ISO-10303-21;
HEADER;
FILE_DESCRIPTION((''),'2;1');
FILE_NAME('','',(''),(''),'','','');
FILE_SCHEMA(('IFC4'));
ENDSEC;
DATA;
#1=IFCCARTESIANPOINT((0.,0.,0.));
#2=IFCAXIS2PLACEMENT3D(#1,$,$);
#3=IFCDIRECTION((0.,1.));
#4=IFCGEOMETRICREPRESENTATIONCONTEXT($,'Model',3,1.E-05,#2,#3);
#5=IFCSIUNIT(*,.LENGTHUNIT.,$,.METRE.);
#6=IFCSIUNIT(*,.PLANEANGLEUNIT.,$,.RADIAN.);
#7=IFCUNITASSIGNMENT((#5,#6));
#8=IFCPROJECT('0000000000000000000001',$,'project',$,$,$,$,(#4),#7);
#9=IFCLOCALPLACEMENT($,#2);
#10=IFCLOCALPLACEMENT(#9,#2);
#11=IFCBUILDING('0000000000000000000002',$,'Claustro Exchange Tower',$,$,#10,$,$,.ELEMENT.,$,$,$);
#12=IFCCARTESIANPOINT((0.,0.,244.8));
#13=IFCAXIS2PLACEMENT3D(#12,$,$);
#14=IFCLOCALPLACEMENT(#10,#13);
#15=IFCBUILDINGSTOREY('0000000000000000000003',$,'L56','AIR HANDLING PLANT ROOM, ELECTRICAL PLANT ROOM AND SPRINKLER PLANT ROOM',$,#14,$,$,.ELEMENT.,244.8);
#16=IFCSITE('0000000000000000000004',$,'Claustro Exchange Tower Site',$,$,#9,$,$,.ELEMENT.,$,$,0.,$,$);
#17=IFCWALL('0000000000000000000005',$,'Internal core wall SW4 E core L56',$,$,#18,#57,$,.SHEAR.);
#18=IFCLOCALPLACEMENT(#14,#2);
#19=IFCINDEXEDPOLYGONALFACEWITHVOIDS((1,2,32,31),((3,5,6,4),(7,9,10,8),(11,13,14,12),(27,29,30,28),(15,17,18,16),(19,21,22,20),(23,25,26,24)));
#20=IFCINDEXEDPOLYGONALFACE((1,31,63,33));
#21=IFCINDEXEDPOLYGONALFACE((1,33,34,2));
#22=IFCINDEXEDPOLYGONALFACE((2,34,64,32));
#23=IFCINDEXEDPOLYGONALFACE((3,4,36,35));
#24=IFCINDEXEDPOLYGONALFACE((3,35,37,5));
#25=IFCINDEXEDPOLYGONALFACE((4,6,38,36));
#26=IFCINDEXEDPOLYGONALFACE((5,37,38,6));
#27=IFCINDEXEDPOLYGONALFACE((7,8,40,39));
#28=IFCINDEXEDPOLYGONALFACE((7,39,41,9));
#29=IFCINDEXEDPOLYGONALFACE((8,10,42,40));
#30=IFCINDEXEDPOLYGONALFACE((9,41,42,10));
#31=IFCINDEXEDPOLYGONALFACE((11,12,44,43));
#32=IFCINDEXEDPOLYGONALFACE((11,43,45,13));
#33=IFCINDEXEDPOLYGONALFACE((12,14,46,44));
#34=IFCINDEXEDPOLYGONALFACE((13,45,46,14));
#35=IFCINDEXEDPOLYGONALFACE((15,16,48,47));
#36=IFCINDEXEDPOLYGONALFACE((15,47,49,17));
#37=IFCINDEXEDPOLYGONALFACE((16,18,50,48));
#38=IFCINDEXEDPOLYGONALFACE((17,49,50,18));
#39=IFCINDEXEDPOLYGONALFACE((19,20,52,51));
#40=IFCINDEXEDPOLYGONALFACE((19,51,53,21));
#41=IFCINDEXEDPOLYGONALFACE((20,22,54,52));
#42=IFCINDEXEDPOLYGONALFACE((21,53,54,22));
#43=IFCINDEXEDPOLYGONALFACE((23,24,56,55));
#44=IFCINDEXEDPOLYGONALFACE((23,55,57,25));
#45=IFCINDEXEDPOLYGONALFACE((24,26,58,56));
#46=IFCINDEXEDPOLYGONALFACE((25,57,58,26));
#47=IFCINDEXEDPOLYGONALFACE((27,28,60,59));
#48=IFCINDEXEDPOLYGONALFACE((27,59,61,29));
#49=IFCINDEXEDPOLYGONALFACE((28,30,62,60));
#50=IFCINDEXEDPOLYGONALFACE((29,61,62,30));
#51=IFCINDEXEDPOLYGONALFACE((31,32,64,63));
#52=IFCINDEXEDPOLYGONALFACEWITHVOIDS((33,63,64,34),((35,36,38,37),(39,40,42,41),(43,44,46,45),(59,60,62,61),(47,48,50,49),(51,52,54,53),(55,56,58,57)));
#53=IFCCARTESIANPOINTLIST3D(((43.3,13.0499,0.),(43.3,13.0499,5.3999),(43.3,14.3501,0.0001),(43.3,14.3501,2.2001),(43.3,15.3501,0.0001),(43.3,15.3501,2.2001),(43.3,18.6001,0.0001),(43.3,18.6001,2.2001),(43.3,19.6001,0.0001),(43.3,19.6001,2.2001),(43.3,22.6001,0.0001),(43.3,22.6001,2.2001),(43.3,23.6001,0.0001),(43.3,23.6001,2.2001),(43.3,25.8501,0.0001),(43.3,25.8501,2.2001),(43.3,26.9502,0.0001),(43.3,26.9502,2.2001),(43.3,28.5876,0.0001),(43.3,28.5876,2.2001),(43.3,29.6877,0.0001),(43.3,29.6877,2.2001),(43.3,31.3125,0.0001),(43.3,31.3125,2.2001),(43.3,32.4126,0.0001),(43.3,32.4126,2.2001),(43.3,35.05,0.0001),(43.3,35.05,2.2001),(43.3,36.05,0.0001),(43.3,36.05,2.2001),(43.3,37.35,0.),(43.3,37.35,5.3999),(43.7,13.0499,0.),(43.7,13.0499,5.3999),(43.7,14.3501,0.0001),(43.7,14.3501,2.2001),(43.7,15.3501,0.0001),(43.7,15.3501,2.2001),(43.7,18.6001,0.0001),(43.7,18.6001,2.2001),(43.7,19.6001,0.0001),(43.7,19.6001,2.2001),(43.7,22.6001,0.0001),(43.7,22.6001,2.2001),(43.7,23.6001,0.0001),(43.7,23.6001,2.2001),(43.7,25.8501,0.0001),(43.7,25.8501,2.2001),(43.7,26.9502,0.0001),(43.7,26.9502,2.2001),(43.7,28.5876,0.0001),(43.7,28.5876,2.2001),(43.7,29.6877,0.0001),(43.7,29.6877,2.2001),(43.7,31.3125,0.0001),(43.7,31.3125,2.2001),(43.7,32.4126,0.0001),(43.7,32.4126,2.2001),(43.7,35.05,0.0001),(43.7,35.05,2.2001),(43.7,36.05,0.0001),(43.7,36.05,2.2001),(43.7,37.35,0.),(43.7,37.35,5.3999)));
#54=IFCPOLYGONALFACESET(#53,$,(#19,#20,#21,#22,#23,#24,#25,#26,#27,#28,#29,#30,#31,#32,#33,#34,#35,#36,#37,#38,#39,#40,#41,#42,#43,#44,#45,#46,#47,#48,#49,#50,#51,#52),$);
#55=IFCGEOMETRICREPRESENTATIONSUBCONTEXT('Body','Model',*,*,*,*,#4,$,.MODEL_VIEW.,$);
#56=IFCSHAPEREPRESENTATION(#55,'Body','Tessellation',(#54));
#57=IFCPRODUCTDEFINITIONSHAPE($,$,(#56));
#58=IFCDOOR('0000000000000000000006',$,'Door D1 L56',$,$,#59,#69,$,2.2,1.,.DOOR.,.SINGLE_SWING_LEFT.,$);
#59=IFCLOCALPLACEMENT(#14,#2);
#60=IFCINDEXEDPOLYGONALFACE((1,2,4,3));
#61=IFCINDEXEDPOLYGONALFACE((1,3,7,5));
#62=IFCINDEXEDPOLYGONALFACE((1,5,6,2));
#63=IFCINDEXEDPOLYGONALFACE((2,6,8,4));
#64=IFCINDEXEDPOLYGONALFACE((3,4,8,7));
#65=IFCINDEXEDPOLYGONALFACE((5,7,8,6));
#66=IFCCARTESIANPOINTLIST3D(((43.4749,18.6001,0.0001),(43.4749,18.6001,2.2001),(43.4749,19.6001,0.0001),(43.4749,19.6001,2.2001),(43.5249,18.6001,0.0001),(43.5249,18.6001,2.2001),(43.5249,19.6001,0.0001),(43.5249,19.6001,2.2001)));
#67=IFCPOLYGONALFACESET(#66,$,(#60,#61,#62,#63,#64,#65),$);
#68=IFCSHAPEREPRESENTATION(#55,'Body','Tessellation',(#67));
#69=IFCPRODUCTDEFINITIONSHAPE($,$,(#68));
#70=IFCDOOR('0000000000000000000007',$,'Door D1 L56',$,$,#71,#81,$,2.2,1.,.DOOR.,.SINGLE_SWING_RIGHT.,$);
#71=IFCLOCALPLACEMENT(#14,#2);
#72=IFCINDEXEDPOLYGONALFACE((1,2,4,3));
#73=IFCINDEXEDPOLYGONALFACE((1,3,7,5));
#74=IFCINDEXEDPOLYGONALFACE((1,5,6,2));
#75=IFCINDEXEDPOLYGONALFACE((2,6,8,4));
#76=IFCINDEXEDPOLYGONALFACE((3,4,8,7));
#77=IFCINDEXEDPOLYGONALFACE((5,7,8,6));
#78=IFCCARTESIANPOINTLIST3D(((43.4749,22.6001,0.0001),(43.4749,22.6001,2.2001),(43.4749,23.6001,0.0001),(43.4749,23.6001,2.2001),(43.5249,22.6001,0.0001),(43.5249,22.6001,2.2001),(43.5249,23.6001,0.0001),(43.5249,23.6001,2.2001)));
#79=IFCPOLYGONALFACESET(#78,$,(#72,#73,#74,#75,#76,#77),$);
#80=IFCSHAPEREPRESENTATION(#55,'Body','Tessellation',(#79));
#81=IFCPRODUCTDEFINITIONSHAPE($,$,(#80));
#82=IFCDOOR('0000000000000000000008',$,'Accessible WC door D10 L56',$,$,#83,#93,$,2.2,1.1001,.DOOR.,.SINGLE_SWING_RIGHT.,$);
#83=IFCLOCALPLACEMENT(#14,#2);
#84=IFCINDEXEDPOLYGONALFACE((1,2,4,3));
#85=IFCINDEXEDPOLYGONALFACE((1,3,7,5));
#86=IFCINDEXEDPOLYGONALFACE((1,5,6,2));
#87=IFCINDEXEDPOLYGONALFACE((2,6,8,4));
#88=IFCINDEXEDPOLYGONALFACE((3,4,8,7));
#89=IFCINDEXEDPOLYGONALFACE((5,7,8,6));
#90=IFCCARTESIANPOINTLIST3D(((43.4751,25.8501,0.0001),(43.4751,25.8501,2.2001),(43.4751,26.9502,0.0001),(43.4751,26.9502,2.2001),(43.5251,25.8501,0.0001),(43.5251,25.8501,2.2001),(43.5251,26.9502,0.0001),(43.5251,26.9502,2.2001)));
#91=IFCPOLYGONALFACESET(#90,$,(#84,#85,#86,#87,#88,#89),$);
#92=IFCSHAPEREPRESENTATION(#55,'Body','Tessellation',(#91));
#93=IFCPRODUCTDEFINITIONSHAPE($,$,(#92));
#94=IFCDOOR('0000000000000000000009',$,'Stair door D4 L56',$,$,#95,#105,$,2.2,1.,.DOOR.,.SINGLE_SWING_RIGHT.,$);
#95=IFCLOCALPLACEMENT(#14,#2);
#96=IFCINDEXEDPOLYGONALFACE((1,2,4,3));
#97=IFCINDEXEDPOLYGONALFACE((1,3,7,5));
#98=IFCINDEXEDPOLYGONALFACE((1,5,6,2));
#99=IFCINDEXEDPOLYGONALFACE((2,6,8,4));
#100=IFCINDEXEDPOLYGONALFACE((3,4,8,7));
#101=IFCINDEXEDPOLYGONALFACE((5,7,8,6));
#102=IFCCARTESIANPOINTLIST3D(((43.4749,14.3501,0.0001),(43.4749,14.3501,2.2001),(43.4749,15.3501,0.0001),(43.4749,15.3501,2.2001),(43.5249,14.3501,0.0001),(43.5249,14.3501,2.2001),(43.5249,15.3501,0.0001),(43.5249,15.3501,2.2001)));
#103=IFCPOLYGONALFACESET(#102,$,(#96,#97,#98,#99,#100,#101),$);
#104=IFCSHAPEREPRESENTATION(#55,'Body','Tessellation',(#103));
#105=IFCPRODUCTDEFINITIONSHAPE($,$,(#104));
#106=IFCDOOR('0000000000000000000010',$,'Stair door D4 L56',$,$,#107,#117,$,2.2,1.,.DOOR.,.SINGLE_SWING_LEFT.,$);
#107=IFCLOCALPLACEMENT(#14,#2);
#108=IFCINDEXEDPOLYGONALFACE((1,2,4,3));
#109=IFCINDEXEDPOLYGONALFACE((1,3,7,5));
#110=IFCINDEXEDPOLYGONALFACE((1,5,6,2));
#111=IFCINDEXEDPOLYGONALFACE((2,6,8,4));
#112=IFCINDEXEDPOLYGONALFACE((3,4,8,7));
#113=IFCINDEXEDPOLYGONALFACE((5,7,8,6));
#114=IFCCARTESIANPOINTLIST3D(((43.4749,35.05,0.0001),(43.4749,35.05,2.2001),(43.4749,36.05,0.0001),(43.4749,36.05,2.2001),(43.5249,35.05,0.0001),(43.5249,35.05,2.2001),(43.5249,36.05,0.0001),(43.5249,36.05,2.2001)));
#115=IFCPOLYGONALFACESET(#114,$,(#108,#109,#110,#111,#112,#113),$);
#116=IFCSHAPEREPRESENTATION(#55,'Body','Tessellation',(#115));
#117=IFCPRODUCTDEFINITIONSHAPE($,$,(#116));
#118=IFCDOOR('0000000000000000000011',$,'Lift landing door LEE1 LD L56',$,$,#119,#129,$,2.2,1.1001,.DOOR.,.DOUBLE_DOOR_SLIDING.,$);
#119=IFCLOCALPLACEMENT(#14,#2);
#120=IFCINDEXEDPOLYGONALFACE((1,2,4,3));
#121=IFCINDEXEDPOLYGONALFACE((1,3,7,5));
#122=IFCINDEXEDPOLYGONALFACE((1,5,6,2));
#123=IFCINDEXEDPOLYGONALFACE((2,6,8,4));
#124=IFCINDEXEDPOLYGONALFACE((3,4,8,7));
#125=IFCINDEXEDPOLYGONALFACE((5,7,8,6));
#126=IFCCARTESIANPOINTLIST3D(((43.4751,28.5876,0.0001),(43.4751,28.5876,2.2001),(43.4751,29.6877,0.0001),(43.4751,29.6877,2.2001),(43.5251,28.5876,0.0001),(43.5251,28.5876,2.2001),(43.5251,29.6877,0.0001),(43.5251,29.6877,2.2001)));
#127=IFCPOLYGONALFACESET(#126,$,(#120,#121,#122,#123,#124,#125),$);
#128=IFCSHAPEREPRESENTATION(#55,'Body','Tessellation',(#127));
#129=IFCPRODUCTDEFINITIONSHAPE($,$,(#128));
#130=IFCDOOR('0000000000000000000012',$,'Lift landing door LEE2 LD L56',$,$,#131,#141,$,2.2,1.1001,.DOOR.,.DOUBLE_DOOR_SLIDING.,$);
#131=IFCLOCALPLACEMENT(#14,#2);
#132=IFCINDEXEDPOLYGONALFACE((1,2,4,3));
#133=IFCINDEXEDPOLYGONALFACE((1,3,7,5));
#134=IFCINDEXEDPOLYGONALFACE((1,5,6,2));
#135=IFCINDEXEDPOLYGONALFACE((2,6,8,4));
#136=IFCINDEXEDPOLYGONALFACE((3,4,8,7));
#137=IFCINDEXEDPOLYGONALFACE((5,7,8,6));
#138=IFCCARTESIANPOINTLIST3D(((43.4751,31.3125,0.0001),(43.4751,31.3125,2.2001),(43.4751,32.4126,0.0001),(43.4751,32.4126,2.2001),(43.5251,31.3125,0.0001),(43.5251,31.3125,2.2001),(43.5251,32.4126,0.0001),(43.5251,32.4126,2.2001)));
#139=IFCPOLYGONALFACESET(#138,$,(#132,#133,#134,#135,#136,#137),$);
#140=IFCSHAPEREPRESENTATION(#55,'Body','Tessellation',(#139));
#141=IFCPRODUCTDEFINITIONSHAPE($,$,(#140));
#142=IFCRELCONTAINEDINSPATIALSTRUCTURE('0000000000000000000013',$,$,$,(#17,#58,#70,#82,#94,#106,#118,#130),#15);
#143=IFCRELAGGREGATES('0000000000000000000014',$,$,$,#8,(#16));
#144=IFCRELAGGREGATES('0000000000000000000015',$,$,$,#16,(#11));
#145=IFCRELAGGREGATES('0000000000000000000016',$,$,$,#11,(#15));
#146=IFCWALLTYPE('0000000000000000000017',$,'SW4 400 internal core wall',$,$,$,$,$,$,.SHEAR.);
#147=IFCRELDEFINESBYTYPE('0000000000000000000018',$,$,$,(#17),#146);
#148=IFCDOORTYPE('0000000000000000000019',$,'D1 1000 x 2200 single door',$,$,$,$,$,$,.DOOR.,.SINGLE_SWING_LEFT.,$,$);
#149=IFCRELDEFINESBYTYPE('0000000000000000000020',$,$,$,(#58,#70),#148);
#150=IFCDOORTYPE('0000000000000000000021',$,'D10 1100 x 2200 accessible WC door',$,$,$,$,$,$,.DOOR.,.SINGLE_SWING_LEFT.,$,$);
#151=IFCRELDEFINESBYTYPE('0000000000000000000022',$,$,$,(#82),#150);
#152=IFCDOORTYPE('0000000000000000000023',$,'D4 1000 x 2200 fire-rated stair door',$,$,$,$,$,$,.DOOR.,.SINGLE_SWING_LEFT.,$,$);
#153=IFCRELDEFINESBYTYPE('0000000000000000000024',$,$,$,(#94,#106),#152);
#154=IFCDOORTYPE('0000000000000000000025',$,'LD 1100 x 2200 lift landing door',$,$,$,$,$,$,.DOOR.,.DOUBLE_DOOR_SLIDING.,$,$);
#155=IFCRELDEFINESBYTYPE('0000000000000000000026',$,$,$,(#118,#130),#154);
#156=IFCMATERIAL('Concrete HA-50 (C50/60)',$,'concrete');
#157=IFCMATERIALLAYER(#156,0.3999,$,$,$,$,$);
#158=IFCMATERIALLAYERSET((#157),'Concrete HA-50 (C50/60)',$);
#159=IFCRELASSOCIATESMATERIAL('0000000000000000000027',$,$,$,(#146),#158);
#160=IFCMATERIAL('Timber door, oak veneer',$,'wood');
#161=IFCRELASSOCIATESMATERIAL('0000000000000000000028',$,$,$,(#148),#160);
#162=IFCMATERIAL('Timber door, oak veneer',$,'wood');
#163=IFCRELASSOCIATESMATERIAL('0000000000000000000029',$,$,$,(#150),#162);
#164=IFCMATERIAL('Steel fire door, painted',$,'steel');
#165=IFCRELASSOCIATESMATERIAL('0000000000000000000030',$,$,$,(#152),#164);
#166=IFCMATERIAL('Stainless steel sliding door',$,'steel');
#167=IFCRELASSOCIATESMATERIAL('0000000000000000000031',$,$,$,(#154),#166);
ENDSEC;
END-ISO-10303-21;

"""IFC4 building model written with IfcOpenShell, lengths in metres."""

from ifc_helpers import new_model, si_unit, direction, frame, frame_2d, origin, place, context, subcontext, project, spatial, rectangle, extrude, material, layer, layer_set, type_object, element, fill, save


model = new_model("IFC4")

# Units and contexts
model_context = context("Model", 3, precision=1e-05, world=origin(), true_north=direction((0.0, 1.0)))
body_context = subcontext(model_context, "Body", "Model", "MODEL_VIEW")
ifc_project = project(units=[si_unit("LENGTHUNIT", "METRE"), si_unit("PLANEANGLEUNIT", "RADIAN")], contexts=[model_context])

# Site, building, storey
site_placement = place(None, origin())
site = spatial("IfcSite", under=ifc_project, at=site_placement, Name="Claustro Exchange Tower Site", CompositionType="ELEMENT", RefElevation=0.0)
building_placement = place(site_placement, origin())
building = spatial("IfcBuilding", under=site, at=building_placement, Name="Claustro Exchange Tower", CompositionType="ELEMENT")
storey_placement = place(building_placement, frame((0.0, 0.0, 244.8)))
storey = spatial("IfcBuildingStorey", under=building, at=storey_placement, Name="L56", Description="AIR HANDLING PLANT ROOM, ELECTRICAL PLANT ROOM AND SPRINKLER PLANT ROOM", CompositionType="ELEMENT", Elevation=244.8)

# Wall, openings, doors
ifc_material_1 = material(Name="Concrete HA-50 (C50/60)", Category="concrete")
ifc_layer_1 = layer(ifc_material_1, 0.3999)
ifc_layer_set_1 = layer_set([ifc_layer_1], Name="Concrete HA-50 (C50/60)")
wall_type_1 = type_object("IfcWallType", Name="SW4 400 internal core wall", PredefinedType="SHEAR", material=ifc_layer_set_1)
wall_1_placement = place(storey_placement, frame((43.5, 13.05, 0.0), z_axis=(0.0, 0.0, 1.0), x_axis=(0.0, 1.0, 0.0)))
wall_1 = element("IfcWall", 1, at=wall_1_placement, inside=storey, type_object=wall_type_1, Name="Internal core wall SW4 E core L56", PredefinedType="SHEAR", context=body_context, shape_type="SweptSolid", body=[
    extrude(rectangle(XDim=24.3, YDim=0.3999, at=frame_2d((12.1499, 0.0))), origin(), (0.0, 0.0, 1.0), 5.3999),
])
opening_1_placement = place(wall_1_placement, frame((1.3, 0.0, 0.0)))
opening_1 = element("IfcOpeningElement", 2, at=opening_1_placement, cuts=wall_1, PredefinedType="OPENING", context=body_context, shape_type="SweptSolid", body=[
    extrude(rectangle(XDim=1.0, YDim=2.2, at=frame_2d((0.5, 1.1001))), frame((0.0, 0.21, 0.0), z_axis=(0.0, -1.0, 0.0), x_axis=(1.0, 0.0, 0.0)), (0.0, 0.0, 1.0), 0.4199),
])
opening_2_placement = place(wall_1_placement, frame((22.0, 0.0, 0.0)))
opening_2 = element("IfcOpeningElement", 3, at=opening_2_placement, cuts=wall_1, PredefinedType="OPENING", context=body_context, shape_type="SweptSolid", body=[
    extrude(rectangle(XDim=1.0, YDim=2.2, at=frame_2d((0.5, 1.1001))), frame((0.0, 0.21, 0.0), z_axis=(0.0, -1.0, 0.0), x_axis=(1.0, 0.0, 0.0)), (0.0, 0.0, 1.0), 0.4199),
])
opening_3_placement = place(wall_1_placement, frame((5.55, 0.0, 0.0)))
opening_3 = element("IfcOpeningElement", 4, at=opening_3_placement, cuts=wall_1, PredefinedType="OPENING", context=body_context, shape_type="SweptSolid", body=[
    extrude(rectangle(XDim=1.0, YDim=2.2, at=frame_2d((0.5, 1.1001))), frame((0.0, 0.21, 0.0), z_axis=(0.0, -1.0, 0.0), x_axis=(1.0, 0.0, 0.0)), (0.0, 0.0, 1.0), 0.4199),
])
opening_4_placement = place(wall_1_placement, frame((9.55, 0.0, 0.0)))
opening_4 = element("IfcOpeningElement", 5, at=opening_4_placement, cuts=wall_1, PredefinedType="OPENING", context=body_context, shape_type="SweptSolid", body=[
    extrude(rectangle(XDim=1.0, YDim=2.2, at=frame_2d((0.5, 1.1001))), frame((0.0, 0.21, 0.0), z_axis=(0.0, -1.0, 0.0), x_axis=(1.0, 0.0, 0.0)), (0.0, 0.0, 1.0), 0.4199),
])
opening_5_placement = place(wall_1_placement, frame((12.8, 0.0, 0.0)))
opening_5 = element("IfcOpeningElement", 6, at=opening_5_placement, cuts=wall_1, PredefinedType="OPENING", context=body_context, shape_type="SweptSolid", body=[
    extrude(rectangle(XDim=1.1001, YDim=2.2, at=frame_2d((0.55, 1.1001))), frame((0.0, 0.21, 0.0), z_axis=(0.0, -1.0, 0.0), x_axis=(1.0, 0.0, 0.0)), (0.0, 0.0, 1.0), 0.4199),
])
opening_6_placement = place(wall_1_placement, frame((15.5376, 0.0, 0.0)))
opening_6 = element("IfcOpeningElement", 7, at=opening_6_placement, cuts=wall_1, PredefinedType="OPENING", context=body_context, shape_type="SweptSolid", body=[
    extrude(rectangle(XDim=1.1001, YDim=2.2, at=frame_2d((0.55, 1.1001))), frame((0.0, 0.21, 0.0), z_axis=(0.0, -1.0, 0.0), x_axis=(1.0, 0.0, 0.0)), (0.0, 0.0, 1.0), 0.4199),
])
opening_7_placement = place(wall_1_placement, frame((18.2625, 0.0, 0.0)))
opening_7 = element("IfcOpeningElement", 8, at=opening_7_placement, cuts=wall_1, PredefinedType="OPENING", context=body_context, shape_type="SweptSolid", body=[
    extrude(rectangle(XDim=1.1001, YDim=2.2, at=frame_2d((0.55, 1.1001))), frame((0.0, 0.21, 0.0), z_axis=(0.0, -1.0, 0.0), x_axis=(1.0, 0.0, 0.0)), (0.0, 0.0, 1.0), 0.4199),
])
ifc_material_2 = material(Name="Timber door, oak veneer", Category="wood")
door_type_1 = type_object("IfcDoorType", Name="D1 1000 x 2200 single door", OperationType="SINGLE_SWING_LEFT", PredefinedType="DOOR", material=ifc_material_2)
door_1_placement = place(opening_3_placement, frame((1.0, 0.0, 0.0), z_axis=(0.0, 0.0, 1.0), x_axis=(-1.0, 0.0, 0.0)))
door_1 = element("IfcDoor", 9, at=door_1_placement, inside=storey, type_object=door_type_1, Name="Door D1 L56", OperationType="SINGLE_SWING_LEFT", OverallHeight=2.2, OverallWidth=1.0, PredefinedType="DOOR", context=body_context, shape_type="SweptSolid", body=[
    extrude(rectangle(XDim=1.0, YDim=2.2, at=frame_2d((0.5, 1.1001))), frame((0.0, 0.0249, 0.0), z_axis=(0.0, -1.0, 0.0), x_axis=(1.0, 0.0, 0.0)), (0.0, 0.0, 1.0), 0.05),
])
fill(opening_3, door_1)
door_2_placement = place(opening_4_placement, frame((1.0, 0.0, 0.0), z_axis=(0.0, 0.0, 1.0), x_axis=(-1.0, 0.0, 0.0)))
door_2 = element("IfcDoor", 10, at=door_2_placement, inside=storey, type_object=door_type_1, Name="Door D1 L56", OperationType="SINGLE_SWING_RIGHT", OverallHeight=2.2, OverallWidth=1.0, PredefinedType="DOOR", context=body_context, shape_type="SweptSolid", body=[
    extrude(rectangle(XDim=1.0, YDim=2.2, at=frame_2d((0.5, 1.1001))), frame((0.0, 0.0249, 0.0), z_axis=(0.0, -1.0, 0.0), x_axis=(1.0, 0.0, 0.0)), (0.0, 0.0, 1.0), 0.05),
])
fill(opening_4, door_2)
ifc_material_3 = material(Name="Timber door, oak veneer", Category="wood")
door_type_2 = type_object("IfcDoorType", Name="D10 1100 x 2200 accessible WC door", OperationType="SINGLE_SWING_LEFT", PredefinedType="DOOR", material=ifc_material_3)
door_3_placement = place(opening_5_placement, origin())
door_3 = element("IfcDoor", 11, at=door_3_placement, inside=storey, type_object=door_type_2, Name="Accessible WC door D10 L56", OperationType="SINGLE_SWING_RIGHT", OverallHeight=2.2, OverallWidth=1.1001, PredefinedType="DOOR", context=body_context, shape_type="SweptSolid", body=[
    extrude(rectangle(XDim=1.1001, YDim=2.2, at=frame_2d((0.55, 1.1001))), frame((0.0, 0.0249, 0.0), z_axis=(0.0, -1.0, 0.0), x_axis=(1.0, 0.0, 0.0)), (0.0, 0.0, 1.0), 0.05),
])
fill(opening_5, door_3)
ifc_material_4 = material(Name="Steel fire door, painted", Category="steel")
door_type_3 = type_object("IfcDoorType", Name="D4 1000 x 2200 fire-rated stair door", OperationType="SINGLE_SWING_LEFT", PredefinedType="DOOR", material=ifc_material_4)
door_4_placement = place(opening_1_placement, frame((1.0, 0.0, 0.0), z_axis=(0.0, 0.0, 1.0), x_axis=(-1.0, 0.0, 0.0)))
door_4 = element("IfcDoor", 12, at=door_4_placement, inside=storey, type_object=door_type_3, Name="Stair door D4 L56", OperationType="SINGLE_SWING_RIGHT", OverallHeight=2.2, OverallWidth=1.0, PredefinedType="DOOR", context=body_context, shape_type="SweptSolid", body=[
    extrude(rectangle(XDim=1.0, YDim=2.2, at=frame_2d((0.5, 1.1001))), frame((0.0, 0.0249, 0.0), z_axis=(0.0, -1.0, 0.0), x_axis=(1.0, 0.0, 0.0)), (0.0, 0.0, 1.0), 0.05),
])
fill(opening_1, door_4)
door_5_placement = place(opening_2_placement, frame((1.0, 0.0, 0.0), z_axis=(0.0, 0.0, 1.0), x_axis=(-1.0, 0.0, 0.0)))
door_5 = element("IfcDoor", 13, at=door_5_placement, inside=storey, type_object=door_type_3, Name="Stair door D4 L56", OperationType="SINGLE_SWING_LEFT", OverallHeight=2.2, OverallWidth=1.0, PredefinedType="DOOR", context=body_context, shape_type="SweptSolid", body=[
    extrude(rectangle(XDim=1.0, YDim=2.2, at=frame_2d((0.5, 1.1001))), frame((0.0, 0.0249, 0.0), z_axis=(0.0, -1.0, 0.0), x_axis=(1.0, 0.0, 0.0)), (0.0, 0.0, 1.0), 0.05),
])
fill(opening_2, door_5)
ifc_material_5 = material(Name="Stainless steel sliding door", Category="steel")
door_type_4 = type_object("IfcDoorType", Name="LD 1100 x 2200 lift landing door", OperationType="DOUBLE_DOOR_SLIDING", PredefinedType="DOOR", material=ifc_material_5)
door_6_placement = place(opening_6_placement, origin())
door_6 = element("IfcDoor", 14, at=door_6_placement, inside=storey, type_object=door_type_4, Name="Lift landing door LEE1 LD L56", OperationType="DOUBLE_DOOR_SLIDING", OverallHeight=2.2, OverallWidth=1.1001, PredefinedType="DOOR", context=body_context, shape_type="SweptSolid", body=[
    extrude(rectangle(XDim=1.1001, YDim=2.2, at=frame_2d((0.55, 1.1001))), frame((0.0, 0.0249, 0.0), z_axis=(0.0, -1.0, 0.0), x_axis=(1.0, 0.0, 0.0)), (0.0, 0.0, 1.0), 0.05),
])
fill(opening_6, door_6)
door_7_placement = place(opening_7_placement, origin())
door_7 = element("IfcDoor", 15, at=door_7_placement, inside=storey, type_object=door_type_4, Name="Lift landing door LEE2 LD L56", OperationType="DOUBLE_DOOR_SLIDING", OverallHeight=2.2, OverallWidth=1.1001, PredefinedType="DOOR", context=body_context, shape_type="SweptSolid", body=[
    extrude(rectangle(XDim=1.1001, YDim=2.2, at=frame_2d((0.55, 1.1001))), frame((0.0, 0.0249, 0.0), z_axis=(0.0, -1.0, 0.0), x_axis=(1.0, 0.0, 0.0)), (0.0, 0.0, 1.0), 0.05),
])
fill(opening_7, door_7)

save(model, "model.ifc")
